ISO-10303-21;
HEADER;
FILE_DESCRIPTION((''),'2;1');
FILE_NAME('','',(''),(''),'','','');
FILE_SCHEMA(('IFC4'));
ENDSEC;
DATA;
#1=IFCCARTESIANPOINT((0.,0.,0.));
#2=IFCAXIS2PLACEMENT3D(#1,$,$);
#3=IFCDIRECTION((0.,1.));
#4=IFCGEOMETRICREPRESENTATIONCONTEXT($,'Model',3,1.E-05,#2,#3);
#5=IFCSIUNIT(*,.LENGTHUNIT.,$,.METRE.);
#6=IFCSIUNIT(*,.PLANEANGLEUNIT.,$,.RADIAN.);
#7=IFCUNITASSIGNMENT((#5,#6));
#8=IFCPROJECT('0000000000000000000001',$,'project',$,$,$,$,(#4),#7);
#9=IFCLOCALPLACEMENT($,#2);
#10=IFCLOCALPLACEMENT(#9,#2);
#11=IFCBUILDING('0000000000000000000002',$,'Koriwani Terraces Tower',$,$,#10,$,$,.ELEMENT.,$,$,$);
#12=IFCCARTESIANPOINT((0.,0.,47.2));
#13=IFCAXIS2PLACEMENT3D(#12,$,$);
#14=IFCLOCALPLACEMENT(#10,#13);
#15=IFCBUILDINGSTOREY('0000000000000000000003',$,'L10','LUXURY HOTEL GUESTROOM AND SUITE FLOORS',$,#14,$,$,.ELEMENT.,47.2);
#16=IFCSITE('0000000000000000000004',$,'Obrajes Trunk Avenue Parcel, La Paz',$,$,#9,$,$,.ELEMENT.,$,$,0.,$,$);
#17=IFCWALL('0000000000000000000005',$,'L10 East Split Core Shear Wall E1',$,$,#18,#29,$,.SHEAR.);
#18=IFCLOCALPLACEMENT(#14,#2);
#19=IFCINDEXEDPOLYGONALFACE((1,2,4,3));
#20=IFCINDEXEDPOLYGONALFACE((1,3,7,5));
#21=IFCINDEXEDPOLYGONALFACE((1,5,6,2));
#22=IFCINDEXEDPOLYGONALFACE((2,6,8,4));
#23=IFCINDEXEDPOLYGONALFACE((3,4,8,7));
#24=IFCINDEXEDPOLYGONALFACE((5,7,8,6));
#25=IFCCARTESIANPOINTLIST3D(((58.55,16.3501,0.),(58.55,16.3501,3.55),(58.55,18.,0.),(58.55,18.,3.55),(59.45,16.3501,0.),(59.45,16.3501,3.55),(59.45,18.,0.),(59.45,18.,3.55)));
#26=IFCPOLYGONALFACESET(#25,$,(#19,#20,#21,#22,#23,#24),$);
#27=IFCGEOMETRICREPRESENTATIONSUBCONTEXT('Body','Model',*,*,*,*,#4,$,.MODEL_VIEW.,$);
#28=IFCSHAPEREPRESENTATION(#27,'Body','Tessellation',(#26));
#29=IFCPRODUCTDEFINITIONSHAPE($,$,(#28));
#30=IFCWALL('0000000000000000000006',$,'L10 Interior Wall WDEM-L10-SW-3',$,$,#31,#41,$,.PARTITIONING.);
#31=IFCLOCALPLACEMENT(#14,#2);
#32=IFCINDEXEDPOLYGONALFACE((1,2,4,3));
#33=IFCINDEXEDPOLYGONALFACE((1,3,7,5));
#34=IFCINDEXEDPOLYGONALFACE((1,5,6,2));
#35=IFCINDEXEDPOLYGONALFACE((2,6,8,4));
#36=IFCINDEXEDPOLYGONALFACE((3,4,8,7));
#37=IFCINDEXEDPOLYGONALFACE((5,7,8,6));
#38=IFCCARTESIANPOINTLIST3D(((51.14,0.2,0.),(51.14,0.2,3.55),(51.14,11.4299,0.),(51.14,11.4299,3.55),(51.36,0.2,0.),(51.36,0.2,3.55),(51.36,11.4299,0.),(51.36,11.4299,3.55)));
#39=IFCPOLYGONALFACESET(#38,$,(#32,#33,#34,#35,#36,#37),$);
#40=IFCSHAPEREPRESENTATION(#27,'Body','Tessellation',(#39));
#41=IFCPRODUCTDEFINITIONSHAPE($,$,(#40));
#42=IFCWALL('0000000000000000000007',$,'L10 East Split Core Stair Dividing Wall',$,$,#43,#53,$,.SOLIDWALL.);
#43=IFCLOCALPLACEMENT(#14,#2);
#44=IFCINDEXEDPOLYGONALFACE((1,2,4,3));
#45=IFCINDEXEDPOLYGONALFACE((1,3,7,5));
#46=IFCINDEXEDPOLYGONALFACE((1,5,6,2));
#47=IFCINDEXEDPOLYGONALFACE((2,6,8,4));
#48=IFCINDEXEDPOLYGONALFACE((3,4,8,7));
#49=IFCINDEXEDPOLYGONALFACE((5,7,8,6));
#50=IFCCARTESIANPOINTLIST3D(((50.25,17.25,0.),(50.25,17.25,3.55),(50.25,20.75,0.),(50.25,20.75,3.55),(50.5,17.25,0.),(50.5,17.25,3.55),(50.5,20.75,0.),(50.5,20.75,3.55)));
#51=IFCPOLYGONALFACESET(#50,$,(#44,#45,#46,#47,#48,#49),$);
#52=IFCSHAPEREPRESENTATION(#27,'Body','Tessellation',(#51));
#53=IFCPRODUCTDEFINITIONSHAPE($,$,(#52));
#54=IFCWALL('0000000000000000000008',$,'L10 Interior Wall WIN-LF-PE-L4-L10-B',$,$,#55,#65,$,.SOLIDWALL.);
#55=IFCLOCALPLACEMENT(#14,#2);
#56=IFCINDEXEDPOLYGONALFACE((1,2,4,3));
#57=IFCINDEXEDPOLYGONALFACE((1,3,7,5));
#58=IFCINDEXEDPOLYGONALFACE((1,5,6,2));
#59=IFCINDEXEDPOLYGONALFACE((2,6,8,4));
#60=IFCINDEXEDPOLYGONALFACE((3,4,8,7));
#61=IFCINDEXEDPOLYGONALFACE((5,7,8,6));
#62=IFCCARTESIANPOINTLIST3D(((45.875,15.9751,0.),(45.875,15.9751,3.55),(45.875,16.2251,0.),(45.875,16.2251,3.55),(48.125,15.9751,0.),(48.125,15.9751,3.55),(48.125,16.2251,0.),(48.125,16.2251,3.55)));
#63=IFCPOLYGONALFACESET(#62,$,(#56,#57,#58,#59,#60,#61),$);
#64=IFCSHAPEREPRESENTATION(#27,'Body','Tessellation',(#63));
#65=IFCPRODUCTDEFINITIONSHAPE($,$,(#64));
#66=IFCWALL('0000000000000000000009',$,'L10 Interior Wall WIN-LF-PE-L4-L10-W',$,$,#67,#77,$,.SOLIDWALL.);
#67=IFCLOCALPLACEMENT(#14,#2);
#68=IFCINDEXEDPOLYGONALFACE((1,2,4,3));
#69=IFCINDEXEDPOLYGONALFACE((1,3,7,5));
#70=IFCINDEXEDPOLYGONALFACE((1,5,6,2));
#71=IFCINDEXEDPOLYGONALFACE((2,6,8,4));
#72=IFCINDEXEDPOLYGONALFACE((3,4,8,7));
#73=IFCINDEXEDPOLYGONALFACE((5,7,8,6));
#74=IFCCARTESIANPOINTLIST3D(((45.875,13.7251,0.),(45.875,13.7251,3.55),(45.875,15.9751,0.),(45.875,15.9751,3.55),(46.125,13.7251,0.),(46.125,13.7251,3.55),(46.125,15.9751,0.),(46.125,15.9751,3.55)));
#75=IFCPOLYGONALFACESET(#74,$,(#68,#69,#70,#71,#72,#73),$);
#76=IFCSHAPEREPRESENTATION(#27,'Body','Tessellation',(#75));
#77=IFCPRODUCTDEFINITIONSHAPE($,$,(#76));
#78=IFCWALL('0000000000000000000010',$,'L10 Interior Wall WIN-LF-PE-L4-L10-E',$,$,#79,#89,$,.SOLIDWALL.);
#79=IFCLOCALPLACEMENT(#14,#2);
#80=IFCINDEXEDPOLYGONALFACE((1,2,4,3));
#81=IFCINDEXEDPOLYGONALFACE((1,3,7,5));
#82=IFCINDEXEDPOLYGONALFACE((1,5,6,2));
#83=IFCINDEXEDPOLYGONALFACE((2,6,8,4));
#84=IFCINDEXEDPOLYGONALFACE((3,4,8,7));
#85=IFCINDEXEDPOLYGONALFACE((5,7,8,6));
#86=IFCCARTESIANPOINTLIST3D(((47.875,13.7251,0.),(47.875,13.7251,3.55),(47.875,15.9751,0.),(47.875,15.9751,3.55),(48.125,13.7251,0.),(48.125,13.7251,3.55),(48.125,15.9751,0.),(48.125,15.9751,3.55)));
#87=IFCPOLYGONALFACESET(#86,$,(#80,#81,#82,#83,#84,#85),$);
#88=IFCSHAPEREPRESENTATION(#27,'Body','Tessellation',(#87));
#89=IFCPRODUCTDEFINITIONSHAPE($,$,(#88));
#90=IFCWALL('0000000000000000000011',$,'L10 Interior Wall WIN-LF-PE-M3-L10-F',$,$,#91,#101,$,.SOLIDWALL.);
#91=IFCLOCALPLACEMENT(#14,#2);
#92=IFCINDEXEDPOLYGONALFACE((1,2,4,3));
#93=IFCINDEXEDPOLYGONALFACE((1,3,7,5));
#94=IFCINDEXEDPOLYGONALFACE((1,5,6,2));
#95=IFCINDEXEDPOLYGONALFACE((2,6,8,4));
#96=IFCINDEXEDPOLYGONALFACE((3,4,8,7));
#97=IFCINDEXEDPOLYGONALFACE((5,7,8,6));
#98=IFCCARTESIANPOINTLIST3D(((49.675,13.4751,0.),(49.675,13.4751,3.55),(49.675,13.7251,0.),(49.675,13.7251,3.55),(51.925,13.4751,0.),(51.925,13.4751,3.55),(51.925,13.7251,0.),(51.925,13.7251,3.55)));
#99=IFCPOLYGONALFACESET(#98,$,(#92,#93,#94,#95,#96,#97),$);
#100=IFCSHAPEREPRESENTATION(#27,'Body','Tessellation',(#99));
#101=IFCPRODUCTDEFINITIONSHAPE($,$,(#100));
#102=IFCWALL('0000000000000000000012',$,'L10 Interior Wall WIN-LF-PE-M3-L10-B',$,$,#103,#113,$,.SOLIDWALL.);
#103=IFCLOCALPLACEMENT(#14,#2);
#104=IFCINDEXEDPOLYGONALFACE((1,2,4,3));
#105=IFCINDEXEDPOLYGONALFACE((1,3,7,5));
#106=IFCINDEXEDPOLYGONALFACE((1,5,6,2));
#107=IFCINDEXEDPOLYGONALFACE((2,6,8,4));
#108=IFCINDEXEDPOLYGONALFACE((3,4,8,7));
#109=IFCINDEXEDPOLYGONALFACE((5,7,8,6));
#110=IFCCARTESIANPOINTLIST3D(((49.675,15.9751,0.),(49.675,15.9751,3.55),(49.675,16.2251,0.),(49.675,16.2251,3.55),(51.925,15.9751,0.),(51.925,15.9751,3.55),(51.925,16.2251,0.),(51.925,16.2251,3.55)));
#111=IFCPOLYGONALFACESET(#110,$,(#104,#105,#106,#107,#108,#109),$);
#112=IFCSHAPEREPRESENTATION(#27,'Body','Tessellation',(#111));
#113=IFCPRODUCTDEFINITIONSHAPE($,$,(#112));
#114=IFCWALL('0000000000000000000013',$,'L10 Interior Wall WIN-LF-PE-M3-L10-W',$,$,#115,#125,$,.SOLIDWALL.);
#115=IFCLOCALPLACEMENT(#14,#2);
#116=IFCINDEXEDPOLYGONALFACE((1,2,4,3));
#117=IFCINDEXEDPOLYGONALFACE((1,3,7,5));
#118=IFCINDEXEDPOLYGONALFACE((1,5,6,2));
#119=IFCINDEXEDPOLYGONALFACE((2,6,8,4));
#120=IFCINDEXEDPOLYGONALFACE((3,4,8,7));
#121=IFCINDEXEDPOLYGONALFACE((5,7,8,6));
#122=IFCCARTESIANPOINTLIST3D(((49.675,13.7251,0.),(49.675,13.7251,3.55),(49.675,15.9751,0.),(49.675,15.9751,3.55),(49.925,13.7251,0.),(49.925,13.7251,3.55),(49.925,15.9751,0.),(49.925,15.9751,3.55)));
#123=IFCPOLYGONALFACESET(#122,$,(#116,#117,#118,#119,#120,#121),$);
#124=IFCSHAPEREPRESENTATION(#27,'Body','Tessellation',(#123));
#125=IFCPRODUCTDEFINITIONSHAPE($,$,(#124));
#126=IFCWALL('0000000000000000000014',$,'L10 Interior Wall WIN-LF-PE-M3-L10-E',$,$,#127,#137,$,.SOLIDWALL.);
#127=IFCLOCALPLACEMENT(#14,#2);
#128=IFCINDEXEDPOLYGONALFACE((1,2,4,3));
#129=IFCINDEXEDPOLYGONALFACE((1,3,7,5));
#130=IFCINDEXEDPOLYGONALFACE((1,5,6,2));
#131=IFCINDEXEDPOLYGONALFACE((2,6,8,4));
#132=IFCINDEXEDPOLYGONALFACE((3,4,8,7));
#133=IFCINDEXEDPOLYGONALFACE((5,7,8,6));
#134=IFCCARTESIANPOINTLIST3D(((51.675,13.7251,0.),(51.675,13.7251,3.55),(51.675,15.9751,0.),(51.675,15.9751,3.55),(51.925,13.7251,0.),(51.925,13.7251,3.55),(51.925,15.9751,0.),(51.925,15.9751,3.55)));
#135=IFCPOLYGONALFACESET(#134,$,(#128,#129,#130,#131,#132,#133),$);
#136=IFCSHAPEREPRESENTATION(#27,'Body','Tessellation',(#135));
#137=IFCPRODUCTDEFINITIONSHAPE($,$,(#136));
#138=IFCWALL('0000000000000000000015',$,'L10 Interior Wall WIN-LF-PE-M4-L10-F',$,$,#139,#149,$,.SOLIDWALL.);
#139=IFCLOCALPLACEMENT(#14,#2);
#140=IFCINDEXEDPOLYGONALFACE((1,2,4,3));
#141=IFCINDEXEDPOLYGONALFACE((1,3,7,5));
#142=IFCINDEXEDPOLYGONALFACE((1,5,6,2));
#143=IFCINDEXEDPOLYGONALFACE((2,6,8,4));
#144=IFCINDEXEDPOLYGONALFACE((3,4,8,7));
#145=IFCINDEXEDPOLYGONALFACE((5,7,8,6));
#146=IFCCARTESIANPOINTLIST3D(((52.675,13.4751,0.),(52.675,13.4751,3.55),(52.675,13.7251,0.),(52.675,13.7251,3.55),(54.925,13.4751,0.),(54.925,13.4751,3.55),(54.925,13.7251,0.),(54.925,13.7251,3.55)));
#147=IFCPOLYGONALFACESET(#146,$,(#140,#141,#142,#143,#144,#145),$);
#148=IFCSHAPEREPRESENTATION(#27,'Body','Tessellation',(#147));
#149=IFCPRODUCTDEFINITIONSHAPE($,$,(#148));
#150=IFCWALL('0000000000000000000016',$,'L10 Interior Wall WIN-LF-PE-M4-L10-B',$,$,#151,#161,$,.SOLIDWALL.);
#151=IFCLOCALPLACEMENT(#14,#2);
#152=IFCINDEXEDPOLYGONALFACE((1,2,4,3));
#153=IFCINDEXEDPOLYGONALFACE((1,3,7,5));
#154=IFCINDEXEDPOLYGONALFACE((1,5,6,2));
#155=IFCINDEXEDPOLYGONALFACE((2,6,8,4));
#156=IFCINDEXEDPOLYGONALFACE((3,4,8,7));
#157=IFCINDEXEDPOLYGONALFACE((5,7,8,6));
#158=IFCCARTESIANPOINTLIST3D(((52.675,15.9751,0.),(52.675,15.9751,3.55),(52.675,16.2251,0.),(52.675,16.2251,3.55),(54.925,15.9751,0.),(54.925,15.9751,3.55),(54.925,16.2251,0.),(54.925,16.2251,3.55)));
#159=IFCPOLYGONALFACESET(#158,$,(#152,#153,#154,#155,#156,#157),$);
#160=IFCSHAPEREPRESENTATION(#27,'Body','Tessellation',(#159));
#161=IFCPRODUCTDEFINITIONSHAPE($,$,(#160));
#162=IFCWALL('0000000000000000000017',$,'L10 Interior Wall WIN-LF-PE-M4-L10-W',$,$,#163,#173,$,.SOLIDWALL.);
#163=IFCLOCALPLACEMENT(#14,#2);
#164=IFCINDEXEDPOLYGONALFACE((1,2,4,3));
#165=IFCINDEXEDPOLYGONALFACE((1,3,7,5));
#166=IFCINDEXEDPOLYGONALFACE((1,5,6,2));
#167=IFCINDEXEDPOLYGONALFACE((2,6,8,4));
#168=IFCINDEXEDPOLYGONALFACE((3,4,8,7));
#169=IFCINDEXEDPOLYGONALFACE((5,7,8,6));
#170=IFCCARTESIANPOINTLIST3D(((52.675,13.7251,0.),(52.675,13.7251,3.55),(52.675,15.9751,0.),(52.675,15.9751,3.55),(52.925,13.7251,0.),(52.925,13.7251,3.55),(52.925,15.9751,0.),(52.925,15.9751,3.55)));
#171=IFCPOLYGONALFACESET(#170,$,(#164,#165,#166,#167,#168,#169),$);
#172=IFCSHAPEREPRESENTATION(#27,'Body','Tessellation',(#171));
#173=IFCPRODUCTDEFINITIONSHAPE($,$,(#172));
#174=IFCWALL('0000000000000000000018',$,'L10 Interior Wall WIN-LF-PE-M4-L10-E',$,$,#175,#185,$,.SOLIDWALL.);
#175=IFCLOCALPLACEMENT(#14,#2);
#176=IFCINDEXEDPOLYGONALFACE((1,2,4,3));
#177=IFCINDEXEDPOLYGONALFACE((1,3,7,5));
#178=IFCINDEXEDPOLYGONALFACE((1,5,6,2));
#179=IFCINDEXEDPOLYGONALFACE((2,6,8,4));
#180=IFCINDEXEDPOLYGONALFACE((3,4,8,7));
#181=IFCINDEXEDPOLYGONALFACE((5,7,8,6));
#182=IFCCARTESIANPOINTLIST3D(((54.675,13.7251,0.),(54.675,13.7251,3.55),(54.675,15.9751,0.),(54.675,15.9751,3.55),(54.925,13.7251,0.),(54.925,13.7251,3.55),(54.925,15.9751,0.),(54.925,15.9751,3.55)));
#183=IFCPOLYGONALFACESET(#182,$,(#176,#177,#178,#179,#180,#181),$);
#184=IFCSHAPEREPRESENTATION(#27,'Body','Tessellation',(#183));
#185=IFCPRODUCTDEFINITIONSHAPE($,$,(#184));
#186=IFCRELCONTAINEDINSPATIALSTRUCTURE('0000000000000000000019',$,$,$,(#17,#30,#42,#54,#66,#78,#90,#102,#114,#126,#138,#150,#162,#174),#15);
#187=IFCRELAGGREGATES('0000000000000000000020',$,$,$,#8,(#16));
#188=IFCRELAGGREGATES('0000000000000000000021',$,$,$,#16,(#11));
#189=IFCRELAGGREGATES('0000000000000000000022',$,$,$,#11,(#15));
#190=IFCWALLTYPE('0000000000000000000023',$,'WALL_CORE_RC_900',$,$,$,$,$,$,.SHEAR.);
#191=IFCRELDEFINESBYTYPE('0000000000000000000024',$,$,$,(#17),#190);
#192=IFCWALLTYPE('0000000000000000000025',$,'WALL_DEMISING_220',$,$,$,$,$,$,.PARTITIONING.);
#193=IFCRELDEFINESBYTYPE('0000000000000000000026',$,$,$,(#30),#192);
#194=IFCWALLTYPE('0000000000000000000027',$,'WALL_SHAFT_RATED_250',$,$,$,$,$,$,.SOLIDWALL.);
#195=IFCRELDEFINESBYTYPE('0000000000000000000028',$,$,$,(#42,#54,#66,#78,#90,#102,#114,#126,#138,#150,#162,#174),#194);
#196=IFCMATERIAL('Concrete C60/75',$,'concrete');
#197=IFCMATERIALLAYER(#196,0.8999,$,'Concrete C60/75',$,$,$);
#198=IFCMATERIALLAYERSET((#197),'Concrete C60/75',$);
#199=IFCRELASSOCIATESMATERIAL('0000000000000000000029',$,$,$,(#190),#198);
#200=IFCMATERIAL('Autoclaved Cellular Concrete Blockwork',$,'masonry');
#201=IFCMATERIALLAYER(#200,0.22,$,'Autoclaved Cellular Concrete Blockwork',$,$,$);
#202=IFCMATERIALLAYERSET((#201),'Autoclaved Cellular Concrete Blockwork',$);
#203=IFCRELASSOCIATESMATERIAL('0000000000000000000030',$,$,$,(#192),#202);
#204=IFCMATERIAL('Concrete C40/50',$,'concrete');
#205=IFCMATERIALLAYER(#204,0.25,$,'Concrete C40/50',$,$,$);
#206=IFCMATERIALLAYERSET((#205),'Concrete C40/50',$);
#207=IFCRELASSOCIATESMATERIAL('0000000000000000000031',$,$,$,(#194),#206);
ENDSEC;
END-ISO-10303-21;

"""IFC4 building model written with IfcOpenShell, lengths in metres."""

from ifc_helpers import new_model, si_unit, direction, frame, frame_2d, origin, place, context, subcontext, project, spatial, rectangle, extrude, material, layer, layer_set, type_object, element, save


model = new_model("IFC4")

# Units and contexts
model_context = context("Model", 3, precision=1e-05, world=origin(), true_north=direction((0.0, 1.0)))
body_context = subcontext(model_context, "Body", "Model", "MODEL_VIEW")
ifc_project = project(units=[si_unit("LENGTHUNIT", "METRE"), si_unit("PLANEANGLEUNIT", "RADIAN")], contexts=[model_context])

# Site, building, storey
site_placement = place(None, origin())
site = spatial("IfcSite", under=ifc_project, at=site_placement, Name="Obrajes Trunk Avenue Parcel, La Paz", CompositionType="ELEMENT", RefElevation=0.0)
building_placement = place(site_placement, origin())
building = spatial("IfcBuilding", under=site, at=building_placement, Name="Koriwani Terraces Tower", CompositionType="ELEMENT")
storey_placement = place(building_placement, frame((0.0, 0.0, 47.2)))
storey = spatial("IfcBuildingStorey", under=building, at=storey_placement, Name="L10", Description="LUXURY HOTEL GUESTROOM AND SUITE FLOORS", CompositionType="ELEMENT", Elevation=47.2)

# Shared definitions
ifc_material_1 = material(Name="Concrete C60/75", Category="concrete")

# Shared definitions
ifc_material_2 = material(Name="Concrete C40/50", Category="concrete")

# Walls
ifc_layer_1 = layer(ifc_material_1, 0.8999, Name="Concrete C60/75")
ifc_layer_set_1 = layer_set([ifc_layer_1], Name="Concrete C60/75")
wall_type_1 = type_object("IfcWallType", Name="WALL_CORE_RC_900", PredefinedType="SHEAR", material=ifc_layer_set_1)
wall_1_placement = place(storey_placement, frame((59.0, 16.3501, 0.0), z_axis=(0.0, 0.0, 1.0), x_axis=(0.0, 1.0, 0.0)))
element("IfcWall", 1, at=wall_1_placement, inside=storey, type_object=wall_type_1, Name="L10 East Split Core Shear Wall E1", PredefinedType="SHEAR", context=body_context, shape_type="SweptSolid", body=[
    extrude(rectangle(XDim=1.6499, YDim=0.8999, at=frame_2d((0.825, 0.0))), origin(), (0.0, 0.0, 1.0), 3.55),
])
ifc_material_3 = material(Name="Autoclaved Cellular Concrete Blockwork", Category="masonry")
ifc_layer_2 = layer(ifc_material_3, 0.22, Name="Autoclaved Cellular Concrete Blockwork")
ifc_layer_set_2 = layer_set([ifc_layer_2], Name="Autoclaved Cellular Concrete Blockwork")
wall_type_2 = type_object("IfcWallType", Name="WALL_DEMISING_220", PredefinedType="PARTITIONING", material=ifc_layer_set_2)
wall_2_placement = place(storey_placement, frame((51.25, 0.2, 0.0), z_axis=(0.0, 0.0, 1.0), x_axis=(0.0, 1.0, 0.0)))
element("IfcWall", 2, at=wall_2_placement, inside=storey, type_object=wall_type_2, Name="L10 Interior Wall WDEM-L10-SW-3", PredefinedType="PARTITIONING", context=body_context, shape_type="SweptSolid", body=[
    extrude(rectangle(XDim=11.23, YDim=0.22, at=frame_2d((5.615, 0.0))), origin(), (0.0, 0.0, 1.0), 3.55),
])
ifc_layer_3 = layer(ifc_material_2, 0.25, Name="Concrete C40/50")
ifc_layer_set_3 = layer_set([ifc_layer_3], Name="Concrete C40/50")
wall_type_3 = type_object("IfcWallType", Name="WALL_SHAFT_RATED_250", PredefinedType="SOLIDWALL", material=ifc_layer_set_3)
wall_3_placement = place(storey_placement, frame((50.375, 17.25, 0.0), z_axis=(0.0, 0.0, 1.0), x_axis=(0.0, 1.0, 0.0)))
element("IfcWall", 3, at=wall_3_placement, inside=storey, type_object=wall_type_3, Name="L10 East Split Core Stair Dividing Wall", PredefinedType="SOLIDWALL", context=body_context, shape_type="SweptSolid", body=[
    extrude(rectangle(XDim=3.5, YDim=0.25, at=frame_2d((1.75, 0.0))), origin(), (0.0, 0.0, 1.0), 3.55),
])

# Walls
for number, where, z_axis, x_axis, name in (
    (4, (45.875, 16.1001, 0.0), (0.0, 0.0, 1.0), (1.0, 0.0, 0.0), "L10 Interior Wall WIN-LF-PE-L4-L10-B"),
    (5, (46.0, 13.7251, 0.0), (0.0, 0.0, 1.0), (0.0, 1.0, 0.0), "L10 Interior Wall WIN-LF-PE-L4-L10-W"),
    (6, (48.0, 13.7251, 0.0), (0.0, 0.0, 1.0), (0.0, 1.0, 0.0), "L10 Interior Wall WIN-LF-PE-L4-L10-E"),
    (7, (49.675, 13.6001, 0.0), (0.0, 0.0, 1.0), (1.0, 0.0, 0.0), "L10 Interior Wall WIN-LF-PE-M3-L10-F"),
    (8, (49.675, 16.1001, 0.0), (0.0, 0.0, 1.0), (1.0, 0.0, 0.0), "L10 Interior Wall WIN-LF-PE-M3-L10-B"),
    (9, (49.8, 13.7251, 0.0), (0.0, 0.0, 1.0), (0.0, 1.0, 0.0), "L10 Interior Wall WIN-LF-PE-M3-L10-W"),
    (10, (51.8, 13.7251, 0.0), (0.0, 0.0, 1.0), (0.0, 1.0, 0.0), "L10 Interior Wall WIN-LF-PE-M3-L10-E"),
    (11, (52.675, 13.6001, 0.0), (0.0, 0.0, 1.0), (1.0, 0.0, 0.0), "L10 Interior Wall WIN-LF-PE-M4-L10-F"),
    (12, (52.675, 16.1001, 0.0), (0.0, 0.0, 1.0), (1.0, 0.0, 0.0), "L10 Interior Wall WIN-LF-PE-M4-L10-B"),
    (13, (52.8, 13.7251, 0.0), (0.0, 0.0, 1.0), (0.0, 1.0, 0.0), "L10 Interior Wall WIN-LF-PE-M4-L10-W"),
    (14, (54.8, 13.7251, 0.0), (0.0, 0.0, 1.0), (0.0, 1.0, 0.0), "L10 Interior Wall WIN-LF-PE-M4-L10-E"),
):
    element("IfcWall", number, at=place(storey_placement, frame(where, z_axis=z_axis, x_axis=x_axis)), inside=storey, type_object=wall_type_3, Name=name, PredefinedType="SOLIDWALL", context=body_context, shape_type="SweptSolid", body=[
        extrude(rectangle(XDim=2.25, YDim=0.25, at=frame_2d((1.125, 0.0))), origin(), (0.0, 0.0, 1.0), 3.55),
    ])

save(model, "model.ifc")
